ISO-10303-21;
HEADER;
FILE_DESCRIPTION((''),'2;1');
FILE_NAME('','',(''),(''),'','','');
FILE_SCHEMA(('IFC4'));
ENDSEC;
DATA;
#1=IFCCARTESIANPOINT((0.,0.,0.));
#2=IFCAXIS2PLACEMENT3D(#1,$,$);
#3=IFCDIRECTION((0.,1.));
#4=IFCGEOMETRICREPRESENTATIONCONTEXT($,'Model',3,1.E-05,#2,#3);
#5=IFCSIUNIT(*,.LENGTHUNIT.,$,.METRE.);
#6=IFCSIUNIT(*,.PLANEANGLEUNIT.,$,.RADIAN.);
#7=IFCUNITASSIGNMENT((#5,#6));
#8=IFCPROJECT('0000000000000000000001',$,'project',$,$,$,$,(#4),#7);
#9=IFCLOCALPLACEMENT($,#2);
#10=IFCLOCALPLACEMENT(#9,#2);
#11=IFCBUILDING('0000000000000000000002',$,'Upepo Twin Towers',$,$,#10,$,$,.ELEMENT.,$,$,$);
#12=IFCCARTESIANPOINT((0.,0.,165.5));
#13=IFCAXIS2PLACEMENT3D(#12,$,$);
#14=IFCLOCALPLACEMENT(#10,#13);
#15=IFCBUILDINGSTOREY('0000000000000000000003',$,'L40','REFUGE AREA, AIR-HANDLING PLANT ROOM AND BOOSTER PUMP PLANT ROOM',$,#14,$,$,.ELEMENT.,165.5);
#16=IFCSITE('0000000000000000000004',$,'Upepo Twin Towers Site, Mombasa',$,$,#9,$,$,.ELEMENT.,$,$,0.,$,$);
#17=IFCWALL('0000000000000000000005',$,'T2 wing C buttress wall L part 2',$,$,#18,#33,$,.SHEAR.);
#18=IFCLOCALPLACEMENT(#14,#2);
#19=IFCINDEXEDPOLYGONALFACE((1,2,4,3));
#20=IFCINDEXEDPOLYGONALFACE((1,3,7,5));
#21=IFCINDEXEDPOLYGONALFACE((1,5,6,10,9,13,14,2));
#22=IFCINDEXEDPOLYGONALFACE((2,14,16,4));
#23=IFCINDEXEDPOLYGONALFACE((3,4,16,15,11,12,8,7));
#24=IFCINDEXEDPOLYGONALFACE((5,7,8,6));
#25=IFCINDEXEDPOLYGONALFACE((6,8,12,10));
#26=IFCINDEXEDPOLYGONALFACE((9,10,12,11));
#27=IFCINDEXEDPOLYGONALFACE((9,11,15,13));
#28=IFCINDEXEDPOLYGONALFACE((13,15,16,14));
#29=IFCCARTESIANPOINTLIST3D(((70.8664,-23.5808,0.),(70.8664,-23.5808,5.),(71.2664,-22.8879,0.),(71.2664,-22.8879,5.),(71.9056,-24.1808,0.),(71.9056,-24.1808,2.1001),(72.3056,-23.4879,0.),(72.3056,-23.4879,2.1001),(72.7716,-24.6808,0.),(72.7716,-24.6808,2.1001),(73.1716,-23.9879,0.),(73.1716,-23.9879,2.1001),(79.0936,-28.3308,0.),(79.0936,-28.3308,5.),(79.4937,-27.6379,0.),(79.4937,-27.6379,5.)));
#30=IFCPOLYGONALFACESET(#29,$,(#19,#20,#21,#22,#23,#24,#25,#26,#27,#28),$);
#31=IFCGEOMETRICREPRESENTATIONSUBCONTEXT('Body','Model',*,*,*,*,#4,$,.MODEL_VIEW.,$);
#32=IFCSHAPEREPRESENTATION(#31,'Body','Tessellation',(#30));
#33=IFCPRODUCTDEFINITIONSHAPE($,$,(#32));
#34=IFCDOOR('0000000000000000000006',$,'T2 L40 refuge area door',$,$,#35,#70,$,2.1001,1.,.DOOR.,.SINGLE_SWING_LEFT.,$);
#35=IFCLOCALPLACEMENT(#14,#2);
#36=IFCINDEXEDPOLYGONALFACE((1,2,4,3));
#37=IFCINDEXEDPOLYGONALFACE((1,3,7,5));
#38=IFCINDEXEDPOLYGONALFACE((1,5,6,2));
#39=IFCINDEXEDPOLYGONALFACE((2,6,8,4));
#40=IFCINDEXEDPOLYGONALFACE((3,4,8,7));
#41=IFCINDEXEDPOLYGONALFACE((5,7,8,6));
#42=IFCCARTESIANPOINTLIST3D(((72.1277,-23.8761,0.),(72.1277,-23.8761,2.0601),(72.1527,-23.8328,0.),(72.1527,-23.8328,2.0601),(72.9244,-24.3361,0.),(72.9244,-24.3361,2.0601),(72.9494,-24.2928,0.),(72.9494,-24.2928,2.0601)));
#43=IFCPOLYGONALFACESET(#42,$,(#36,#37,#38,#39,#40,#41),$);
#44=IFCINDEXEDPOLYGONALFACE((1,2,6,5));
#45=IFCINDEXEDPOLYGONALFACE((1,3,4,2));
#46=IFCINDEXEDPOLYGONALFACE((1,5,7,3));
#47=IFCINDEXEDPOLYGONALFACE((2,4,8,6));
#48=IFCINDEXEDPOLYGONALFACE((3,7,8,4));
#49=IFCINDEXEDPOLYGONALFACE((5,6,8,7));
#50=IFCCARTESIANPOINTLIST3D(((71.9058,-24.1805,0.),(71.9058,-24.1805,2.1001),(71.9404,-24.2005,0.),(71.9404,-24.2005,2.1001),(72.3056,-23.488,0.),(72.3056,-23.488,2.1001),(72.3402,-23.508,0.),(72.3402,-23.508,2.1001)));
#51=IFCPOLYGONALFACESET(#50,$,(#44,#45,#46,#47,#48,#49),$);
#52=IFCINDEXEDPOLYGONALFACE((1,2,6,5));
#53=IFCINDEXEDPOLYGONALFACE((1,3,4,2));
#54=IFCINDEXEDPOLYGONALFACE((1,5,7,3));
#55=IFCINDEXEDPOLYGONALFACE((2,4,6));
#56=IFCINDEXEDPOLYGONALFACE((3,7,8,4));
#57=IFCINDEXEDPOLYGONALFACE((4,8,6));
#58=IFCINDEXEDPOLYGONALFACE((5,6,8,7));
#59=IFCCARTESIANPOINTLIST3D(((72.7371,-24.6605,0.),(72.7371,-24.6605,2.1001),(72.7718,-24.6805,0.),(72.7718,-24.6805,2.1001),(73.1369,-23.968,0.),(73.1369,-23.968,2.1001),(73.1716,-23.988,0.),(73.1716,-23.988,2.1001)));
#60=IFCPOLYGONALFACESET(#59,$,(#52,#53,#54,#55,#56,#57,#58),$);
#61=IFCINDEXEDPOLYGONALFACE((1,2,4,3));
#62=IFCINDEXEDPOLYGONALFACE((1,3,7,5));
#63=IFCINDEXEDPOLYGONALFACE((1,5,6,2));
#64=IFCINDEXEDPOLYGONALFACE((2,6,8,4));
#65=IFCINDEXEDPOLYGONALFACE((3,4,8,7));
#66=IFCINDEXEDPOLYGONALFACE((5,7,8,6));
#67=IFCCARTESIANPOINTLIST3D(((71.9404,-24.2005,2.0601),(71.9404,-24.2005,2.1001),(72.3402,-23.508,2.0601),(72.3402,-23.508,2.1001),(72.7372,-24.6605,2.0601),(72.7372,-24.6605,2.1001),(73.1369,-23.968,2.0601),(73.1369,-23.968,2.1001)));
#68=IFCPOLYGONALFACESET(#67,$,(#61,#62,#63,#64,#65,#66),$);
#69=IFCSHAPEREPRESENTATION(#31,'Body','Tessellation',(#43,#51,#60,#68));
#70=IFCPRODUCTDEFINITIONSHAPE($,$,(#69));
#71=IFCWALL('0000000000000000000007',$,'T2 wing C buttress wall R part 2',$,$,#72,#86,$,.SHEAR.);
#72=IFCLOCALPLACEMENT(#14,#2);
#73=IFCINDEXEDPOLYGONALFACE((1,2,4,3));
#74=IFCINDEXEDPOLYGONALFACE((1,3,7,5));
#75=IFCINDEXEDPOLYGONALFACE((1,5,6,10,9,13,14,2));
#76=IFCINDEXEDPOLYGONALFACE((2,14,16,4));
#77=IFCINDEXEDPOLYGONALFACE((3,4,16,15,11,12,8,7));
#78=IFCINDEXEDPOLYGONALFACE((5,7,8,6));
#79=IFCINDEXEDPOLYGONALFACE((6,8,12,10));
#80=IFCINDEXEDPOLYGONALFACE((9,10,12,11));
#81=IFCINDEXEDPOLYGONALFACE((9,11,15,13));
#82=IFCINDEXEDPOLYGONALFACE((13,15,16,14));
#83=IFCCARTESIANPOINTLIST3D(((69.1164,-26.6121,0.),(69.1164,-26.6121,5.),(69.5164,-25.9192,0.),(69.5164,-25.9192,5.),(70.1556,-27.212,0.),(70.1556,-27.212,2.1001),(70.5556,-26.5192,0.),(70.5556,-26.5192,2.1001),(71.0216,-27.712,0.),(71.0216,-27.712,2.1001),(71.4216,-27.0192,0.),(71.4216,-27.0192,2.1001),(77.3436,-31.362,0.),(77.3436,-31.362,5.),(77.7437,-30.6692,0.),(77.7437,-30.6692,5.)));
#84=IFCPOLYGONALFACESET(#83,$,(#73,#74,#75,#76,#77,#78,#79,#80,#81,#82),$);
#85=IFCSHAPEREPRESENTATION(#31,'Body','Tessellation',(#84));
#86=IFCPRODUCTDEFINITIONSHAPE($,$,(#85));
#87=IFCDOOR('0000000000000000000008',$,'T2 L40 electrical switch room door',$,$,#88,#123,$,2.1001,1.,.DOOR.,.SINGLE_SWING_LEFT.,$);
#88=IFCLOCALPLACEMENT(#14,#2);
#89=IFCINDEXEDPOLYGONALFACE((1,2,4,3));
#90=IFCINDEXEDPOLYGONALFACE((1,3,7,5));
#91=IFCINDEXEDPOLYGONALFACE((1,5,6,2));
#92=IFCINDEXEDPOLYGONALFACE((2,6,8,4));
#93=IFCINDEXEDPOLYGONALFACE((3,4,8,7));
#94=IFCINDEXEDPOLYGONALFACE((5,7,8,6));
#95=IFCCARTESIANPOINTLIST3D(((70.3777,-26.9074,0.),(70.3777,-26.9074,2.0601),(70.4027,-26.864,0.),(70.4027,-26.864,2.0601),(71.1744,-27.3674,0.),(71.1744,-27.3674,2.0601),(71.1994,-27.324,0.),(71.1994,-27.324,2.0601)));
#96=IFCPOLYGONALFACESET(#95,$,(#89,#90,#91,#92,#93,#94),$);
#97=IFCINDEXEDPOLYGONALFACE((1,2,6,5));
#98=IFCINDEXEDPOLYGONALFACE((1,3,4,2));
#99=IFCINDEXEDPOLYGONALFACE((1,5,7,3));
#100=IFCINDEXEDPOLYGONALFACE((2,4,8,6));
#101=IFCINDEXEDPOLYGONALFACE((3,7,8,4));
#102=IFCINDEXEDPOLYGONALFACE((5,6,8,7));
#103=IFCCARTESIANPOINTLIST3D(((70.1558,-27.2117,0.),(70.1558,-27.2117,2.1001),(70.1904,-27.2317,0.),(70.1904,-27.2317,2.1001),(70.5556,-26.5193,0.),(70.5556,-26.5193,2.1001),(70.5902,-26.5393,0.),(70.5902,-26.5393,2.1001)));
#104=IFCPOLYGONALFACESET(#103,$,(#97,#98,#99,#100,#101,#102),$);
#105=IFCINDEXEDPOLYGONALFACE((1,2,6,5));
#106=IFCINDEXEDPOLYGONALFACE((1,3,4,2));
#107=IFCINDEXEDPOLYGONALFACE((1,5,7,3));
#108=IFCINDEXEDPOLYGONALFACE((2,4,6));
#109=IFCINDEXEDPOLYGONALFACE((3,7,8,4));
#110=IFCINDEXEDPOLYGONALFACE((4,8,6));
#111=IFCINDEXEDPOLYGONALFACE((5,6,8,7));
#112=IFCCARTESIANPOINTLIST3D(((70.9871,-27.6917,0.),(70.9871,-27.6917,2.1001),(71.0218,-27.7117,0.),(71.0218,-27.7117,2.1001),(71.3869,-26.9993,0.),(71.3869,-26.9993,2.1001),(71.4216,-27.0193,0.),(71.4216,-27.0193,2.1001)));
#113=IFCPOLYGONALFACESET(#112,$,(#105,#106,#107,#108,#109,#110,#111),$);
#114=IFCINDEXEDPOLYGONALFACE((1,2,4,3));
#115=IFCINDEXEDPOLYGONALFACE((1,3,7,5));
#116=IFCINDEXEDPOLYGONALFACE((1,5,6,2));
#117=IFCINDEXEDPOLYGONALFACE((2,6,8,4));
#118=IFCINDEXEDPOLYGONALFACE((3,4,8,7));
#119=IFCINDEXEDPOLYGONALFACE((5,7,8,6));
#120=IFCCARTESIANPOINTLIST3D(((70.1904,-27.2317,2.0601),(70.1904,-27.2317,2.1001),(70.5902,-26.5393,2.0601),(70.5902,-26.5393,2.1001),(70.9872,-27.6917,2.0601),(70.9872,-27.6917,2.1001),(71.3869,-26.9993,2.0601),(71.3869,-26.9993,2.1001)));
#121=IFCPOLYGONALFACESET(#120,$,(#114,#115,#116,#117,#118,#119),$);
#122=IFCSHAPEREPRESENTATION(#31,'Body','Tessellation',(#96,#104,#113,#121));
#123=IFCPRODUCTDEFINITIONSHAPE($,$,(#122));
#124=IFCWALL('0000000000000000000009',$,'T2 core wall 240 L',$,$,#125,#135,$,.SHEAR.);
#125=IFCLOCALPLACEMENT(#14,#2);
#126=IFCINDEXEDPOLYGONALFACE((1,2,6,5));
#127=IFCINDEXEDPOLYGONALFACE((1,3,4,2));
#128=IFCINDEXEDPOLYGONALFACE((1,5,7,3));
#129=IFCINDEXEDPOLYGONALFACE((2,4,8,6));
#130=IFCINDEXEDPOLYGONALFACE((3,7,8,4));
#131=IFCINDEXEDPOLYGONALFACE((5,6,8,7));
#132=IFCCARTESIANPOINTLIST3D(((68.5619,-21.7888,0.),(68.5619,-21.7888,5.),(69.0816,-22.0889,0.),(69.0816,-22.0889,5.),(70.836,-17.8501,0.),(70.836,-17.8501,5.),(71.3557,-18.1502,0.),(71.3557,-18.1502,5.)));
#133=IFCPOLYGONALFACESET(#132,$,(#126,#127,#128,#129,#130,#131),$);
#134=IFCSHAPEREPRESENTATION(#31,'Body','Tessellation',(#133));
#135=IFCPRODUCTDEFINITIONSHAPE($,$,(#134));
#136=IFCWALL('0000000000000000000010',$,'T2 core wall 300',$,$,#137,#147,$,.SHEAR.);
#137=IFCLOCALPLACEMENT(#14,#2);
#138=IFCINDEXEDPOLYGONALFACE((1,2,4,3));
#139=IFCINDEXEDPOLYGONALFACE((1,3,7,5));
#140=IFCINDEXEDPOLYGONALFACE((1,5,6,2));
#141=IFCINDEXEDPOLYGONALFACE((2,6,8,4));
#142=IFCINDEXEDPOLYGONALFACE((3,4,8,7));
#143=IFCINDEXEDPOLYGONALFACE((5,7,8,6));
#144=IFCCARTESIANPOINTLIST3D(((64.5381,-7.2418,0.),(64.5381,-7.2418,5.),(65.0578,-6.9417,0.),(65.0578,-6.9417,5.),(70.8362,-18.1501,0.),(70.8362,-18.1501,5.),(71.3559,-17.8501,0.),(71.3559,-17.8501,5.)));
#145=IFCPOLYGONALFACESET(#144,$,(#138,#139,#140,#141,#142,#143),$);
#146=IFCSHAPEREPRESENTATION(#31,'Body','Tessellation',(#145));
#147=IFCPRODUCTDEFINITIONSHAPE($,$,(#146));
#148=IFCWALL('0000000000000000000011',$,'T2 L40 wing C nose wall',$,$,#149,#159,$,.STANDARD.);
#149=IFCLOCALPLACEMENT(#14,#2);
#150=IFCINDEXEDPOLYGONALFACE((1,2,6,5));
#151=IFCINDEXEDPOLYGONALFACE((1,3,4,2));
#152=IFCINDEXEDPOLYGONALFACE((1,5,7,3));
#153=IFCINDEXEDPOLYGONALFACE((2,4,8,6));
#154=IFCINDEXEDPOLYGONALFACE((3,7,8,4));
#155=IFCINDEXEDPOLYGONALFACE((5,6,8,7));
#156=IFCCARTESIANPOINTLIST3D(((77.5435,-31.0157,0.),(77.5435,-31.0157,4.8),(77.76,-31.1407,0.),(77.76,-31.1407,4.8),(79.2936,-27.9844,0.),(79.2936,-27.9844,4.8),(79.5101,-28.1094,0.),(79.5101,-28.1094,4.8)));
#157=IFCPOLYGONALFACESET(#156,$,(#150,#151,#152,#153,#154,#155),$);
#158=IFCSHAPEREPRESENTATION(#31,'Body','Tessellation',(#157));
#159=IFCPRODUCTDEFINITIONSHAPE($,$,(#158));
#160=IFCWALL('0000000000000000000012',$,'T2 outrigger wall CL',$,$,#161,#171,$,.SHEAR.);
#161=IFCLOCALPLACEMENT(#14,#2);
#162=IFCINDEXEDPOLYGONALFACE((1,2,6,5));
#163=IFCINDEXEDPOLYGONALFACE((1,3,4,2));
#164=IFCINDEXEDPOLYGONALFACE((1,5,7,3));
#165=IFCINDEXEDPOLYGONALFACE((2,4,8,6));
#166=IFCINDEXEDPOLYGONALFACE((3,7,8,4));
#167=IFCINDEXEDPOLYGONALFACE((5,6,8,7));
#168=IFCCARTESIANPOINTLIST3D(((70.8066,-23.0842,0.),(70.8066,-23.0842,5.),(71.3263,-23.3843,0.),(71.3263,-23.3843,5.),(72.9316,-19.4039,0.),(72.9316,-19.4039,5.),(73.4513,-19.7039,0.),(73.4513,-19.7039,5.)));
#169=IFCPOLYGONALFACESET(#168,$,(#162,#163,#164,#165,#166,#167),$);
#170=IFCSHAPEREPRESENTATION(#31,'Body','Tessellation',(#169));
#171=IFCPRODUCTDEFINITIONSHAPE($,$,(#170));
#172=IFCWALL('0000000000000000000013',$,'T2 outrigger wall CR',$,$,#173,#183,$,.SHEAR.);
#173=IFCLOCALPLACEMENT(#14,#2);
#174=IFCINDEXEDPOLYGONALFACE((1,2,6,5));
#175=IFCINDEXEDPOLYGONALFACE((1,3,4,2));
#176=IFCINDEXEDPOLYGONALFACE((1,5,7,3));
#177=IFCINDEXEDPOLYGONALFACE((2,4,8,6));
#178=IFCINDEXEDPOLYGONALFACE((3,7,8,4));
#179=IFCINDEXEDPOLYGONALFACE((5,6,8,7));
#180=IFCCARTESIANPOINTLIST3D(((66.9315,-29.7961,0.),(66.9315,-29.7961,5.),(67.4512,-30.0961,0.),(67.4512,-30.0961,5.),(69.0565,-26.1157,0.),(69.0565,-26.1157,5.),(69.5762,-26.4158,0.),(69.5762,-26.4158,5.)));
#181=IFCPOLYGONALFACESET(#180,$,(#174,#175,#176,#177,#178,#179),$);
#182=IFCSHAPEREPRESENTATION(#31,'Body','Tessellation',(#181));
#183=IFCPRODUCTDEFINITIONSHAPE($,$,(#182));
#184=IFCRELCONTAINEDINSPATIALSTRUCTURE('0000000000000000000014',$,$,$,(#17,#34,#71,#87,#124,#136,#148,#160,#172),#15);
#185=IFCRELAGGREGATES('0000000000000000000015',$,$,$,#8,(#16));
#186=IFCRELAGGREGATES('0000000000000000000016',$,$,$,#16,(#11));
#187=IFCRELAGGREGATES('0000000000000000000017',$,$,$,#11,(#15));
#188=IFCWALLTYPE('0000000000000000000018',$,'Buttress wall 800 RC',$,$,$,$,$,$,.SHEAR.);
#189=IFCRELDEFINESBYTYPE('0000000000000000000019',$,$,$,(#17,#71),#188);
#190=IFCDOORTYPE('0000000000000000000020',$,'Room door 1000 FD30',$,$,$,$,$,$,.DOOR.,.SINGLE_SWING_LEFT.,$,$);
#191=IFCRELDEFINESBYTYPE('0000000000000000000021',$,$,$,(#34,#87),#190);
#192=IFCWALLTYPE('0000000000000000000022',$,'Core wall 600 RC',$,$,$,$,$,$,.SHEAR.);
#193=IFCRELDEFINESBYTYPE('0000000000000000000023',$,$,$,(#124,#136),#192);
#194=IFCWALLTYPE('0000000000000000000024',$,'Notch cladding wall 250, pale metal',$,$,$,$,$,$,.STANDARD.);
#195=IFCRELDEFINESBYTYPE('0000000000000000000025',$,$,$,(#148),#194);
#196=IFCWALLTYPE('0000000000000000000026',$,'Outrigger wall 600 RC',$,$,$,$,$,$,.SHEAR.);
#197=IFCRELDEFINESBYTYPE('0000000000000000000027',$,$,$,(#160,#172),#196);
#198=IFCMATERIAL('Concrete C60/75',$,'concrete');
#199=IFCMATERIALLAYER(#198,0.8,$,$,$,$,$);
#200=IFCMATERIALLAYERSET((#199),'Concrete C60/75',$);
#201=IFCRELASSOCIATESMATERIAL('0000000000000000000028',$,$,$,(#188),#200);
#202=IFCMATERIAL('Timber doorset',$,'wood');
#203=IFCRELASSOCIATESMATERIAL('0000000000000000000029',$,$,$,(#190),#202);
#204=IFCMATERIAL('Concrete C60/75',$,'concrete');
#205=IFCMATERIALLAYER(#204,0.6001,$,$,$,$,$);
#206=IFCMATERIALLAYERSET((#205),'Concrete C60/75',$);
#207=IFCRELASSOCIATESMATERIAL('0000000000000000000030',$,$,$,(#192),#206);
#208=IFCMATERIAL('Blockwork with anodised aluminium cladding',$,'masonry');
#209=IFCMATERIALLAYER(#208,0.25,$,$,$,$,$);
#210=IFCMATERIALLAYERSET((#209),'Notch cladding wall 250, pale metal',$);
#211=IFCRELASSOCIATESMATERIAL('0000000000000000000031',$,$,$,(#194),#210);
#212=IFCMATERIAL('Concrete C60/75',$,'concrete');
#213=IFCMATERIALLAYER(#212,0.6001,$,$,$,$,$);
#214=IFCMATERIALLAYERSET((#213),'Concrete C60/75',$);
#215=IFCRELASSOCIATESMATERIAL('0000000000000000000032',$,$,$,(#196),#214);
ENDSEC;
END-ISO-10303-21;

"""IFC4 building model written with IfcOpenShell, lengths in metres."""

from ifc_helpers import new_model, si_unit, direction, frame, frame_2d, origin, place, context, subcontext, project, spatial, rectangle, extrude, material, layer, layer_set, type_object, element, fill, save


model = new_model("IFC4")

# Units and contexts
model_context = context("Model", 3, precision=1e-05, world=origin(), true_north=direction((0.0, 1.0)))
body_context = subcontext(model_context, "Body", "Model", "MODEL_VIEW")
ifc_project = project(units=[si_unit("LENGTHUNIT", "METRE"), si_unit("PLANEANGLEUNIT", "RADIAN")], contexts=[model_context])

# Site, building, storey
site_placement = place(None, origin())
site = spatial("IfcSite", under=ifc_project, at=site_placement, Name="Upepo Twin Towers Site, Mombasa", CompositionType="ELEMENT", RefElevation=0.0)
building_placement = place(site_placement, origin())
building = spatial("IfcBuilding", under=site, at=building_placement, Name="Upepo Twin Towers", CompositionType="ELEMENT")
storey_placement = place(building_placement, frame((0.0, 0.0, 165.5)))
storey = spatial("IfcBuildingStorey", under=building, at=storey_placement, Name="L40", Description="REFUGE AREA, AIR-HANDLING PLANT ROOM AND BOOSTER PUMP PLANT ROOM", CompositionType="ELEMENT", Elevation=165.5)

# Walls, openings, doors
ifc_material_1 = material(Name="Concrete C60/75", Category="concrete")
ifc_layer_1 = layer(ifc_material_1, 0.8)
ifc_layer_set_1 = layer_set([ifc_layer_1], Name="Concrete C60/75")
wall_type_1 = type_object("IfcWallType", Name="Buttress wall 800 RC", PredefinedType="SHEAR", material=ifc_layer_set_1)
wall_1_placement = place(storey_placement, frame((71.0664, -23.2344, 0.0), z_axis=(0.0, 0.0, 1.0), x_axis=(0.866027, -0.499998, 0.0)))
wall_1 = element("IfcWall", 1, at=wall_1_placement, inside=storey, type_object=wall_type_1, Name="T2 wing C buttress wall L part 2", PredefinedType="SHEAR", context=body_context, shape_type="SweptSolid", body=[
    extrude(rectangle(XDim=9.5, YDim=0.8, at=frame_2d((4.75, 0.0))), origin(), (0.0, 0.0, 1.0), 5.0),
])
opening_1_placement = place(wall_1_placement, frame((1.2, 0.0, 0.0)))
opening_1 = element("IfcOpeningElement", 2, at=opening_1_placement, cuts=wall_1, PredefinedType="OPENING", context=body_context, shape_type="SweptSolid", body=[
    extrude(rectangle(XDim=1.0, YDim=2.1001, at=frame_2d((0.5, 1.05))), frame((0.0, 0.4099, 0.0), z_axis=(0.0, -1.0, 0.0), x_axis=(1.0, 0.0, 0.0)), (0.0, 0.0, 1.0), 0.8201),
])
ifc_material_2 = material(Name="Timber doorset", Category="wood")
door_type = type_object("IfcDoorType", Name="Room door 1000 FD30", OperationType="SINGLE_SWING_LEFT", PredefinedType="DOOR", material=ifc_material_2)
door_1_placement = place(opening_1_placement, origin())
door_1 = element("IfcDoor", 3, at=door_1_placement, inside=storey, type_object=door_type, Name="T2 L40 refuge area door", OperationType="SINGLE_SWING_LEFT", OverallHeight=2.1001, OverallWidth=1.0, PredefinedType="DOOR", context=body_context, shape_type="SweptSolid", body=[
    extrude(rectangle(XDim=0.92, YDim=2.0601, at=frame_2d((0.5, 1.03))), frame((0.0, 0.0249, 0.0), z_axis=(0.0, -1.0, 0.0), x_axis=(1.0, 0.0, 0.0)), (0.0, 0.0, 1.0), 0.05),
    extrude(rectangle(XDim=0.04, YDim=2.1001, at=frame_2d((0.02, 1.05))), frame((0.0, 0.3999, 0.0), z_axis=(0.0, -1.0, 0.0), x_axis=(1.0, 0.0, 0.0)), (0.0, 0.0, 1.0), 0.7996),
    extrude(rectangle(XDim=0.04, YDim=2.1001, at=frame_2d((0.98, 1.05))), frame((0.0, 0.3999, 0.0), z_axis=(0.0, -1.0, 0.0), x_axis=(1.0, 0.0, 0.0)), (0.0, 0.0, 1.0), 0.7996),
    extrude(rectangle(XDim=0.92, YDim=0.04, at=frame_2d((0.5, 2.0801))), frame((0.0, 0.3999, 0.0), z_axis=(0.0, -1.0, 0.0), x_axis=(1.0, 0.0, 0.0)), (0.0, 0.0, 1.0), 0.7996),
])
fill(opening_1, door_1)
wall_2_placement = place(storey_placement, frame((69.3164, -26.2656, 0.0), z_axis=(0.0, 0.0, 1.0), x_axis=(0.866027, -0.499998, 0.0)))
wall_2 = element("IfcWall", 4, at=wall_2_placement, inside=storey, type_object=wall_type_1, Name="T2 wing C buttress wall R part 2", PredefinedType="SHEAR", context=body_context, shape_type="SweptSolid", body=[
    extrude(rectangle(XDim=9.5, YDim=0.8, at=frame_2d((4.75, 0.0))), origin(), (0.0, 0.0, 1.0), 5.0),
])
opening_2_placement = place(wall_2_placement, frame((1.2, 0.0, 0.0)))
opening_2 = element("IfcOpeningElement", 5, at=opening_2_placement, cuts=wall_2, PredefinedType="OPENING", context=body_context, shape_type="SweptSolid", body=[
    extrude(rectangle(XDim=1.0, YDim=2.1001, at=frame_2d((0.5, 1.05))), frame((0.0, 0.4099, 0.0), z_axis=(0.0, -1.0, 0.0), x_axis=(1.0, 0.0, 0.0)), (0.0, 0.0, 1.0), 0.8201),
])
door_2_placement = place(opening_2_placement, origin())
door_2 = element("IfcDoor", 6, at=door_2_placement, inside=storey, type_object=door_type, Name="T2 L40 electrical switch room door", OperationType="SINGLE_SWING_LEFT", OverallHeight=2.1001, OverallWidth=1.0, PredefinedType="DOOR", context=body_context, shape_type="SweptSolid", body=[
    extrude(rectangle(XDim=0.92, YDim=2.0601, at=frame_2d((0.5, 1.03))), frame((0.0, 0.0249, 0.0), z_axis=(0.0, -1.0, 0.0), x_axis=(1.0, 0.0, 0.0)), (0.0, 0.0, 1.0), 0.05),
    extrude(rectangle(XDim=0.04, YDim=2.1001, at=frame_2d((0.02, 1.05))), frame((0.0, 0.3999, 0.0), z_axis=(0.0, -1.0, 0.0), x_axis=(1.0, 0.0, 0.0)), (0.0, 0.0, 1.0), 0.7996),
    extrude(rectangle(XDim=0.04, YDim=2.1001, at=frame_2d((0.98, 1.05))), frame((0.0, 0.3999, 0.0), z_axis=(0.0, -1.0, 0.0), x_axis=(1.0, 0.0, 0.0)), (0.0, 0.0, 1.0), 0.7996),
    extrude(rectangle(XDim=0.92, YDim=0.04, at=frame_2d((0.5, 2.0801))), frame((0.0, 0.3999, 0.0), z_axis=(0.0, -1.0, 0.0), x_axis=(1.0, 0.0, 0.0)), (0.0, 0.0, 1.0), 0.7996),
])
fill(opening_2, door_2)

# Walls
ifc_material_3 = material(Name="Concrete C60/75", Category="concrete")
ifc_layer_2 = layer(ifc_material_3, 0.6001)
ifc_layer_set_2 = layer_set([ifc_layer_2], Name="Concrete C60/75")
wall_type_2 = type_object("IfcWallType", Name="Core wall 600 RC", PredefinedType="SHEAR", material=ifc_layer_set_2)
wall_3_placement = place(storey_placement, frame((68.8218, -21.9387, 0.0), z_axis=(0.0, 0.0, 1.0), x_axis=(0.500024, 0.866011, 0.0)))
element("IfcWall", 7, at=wall_3_placement, inside=storey, type_object=wall_type_2, Name="T2 core wall 240 L", PredefinedType="SHEAR", context=body_context, shape_type="SweptSolid", body=[
    extrude(rectangle(XDim=4.5481, YDim=0.6001, at=frame_2d((2.2739, 0.0))), origin(), (0.0, 0.0, 1.0), 5.0),
])
wall_4_placement = place(storey_placement, frame((71.0959, -18.0, 0.0), z_axis=(0.0, 0.0, 1.0), x_axis=(-0.500006, 0.866022, 0.0)))
element("IfcWall", 8, at=wall_4_placement, inside=storey, type_object=wall_type_2, Name="T2 core wall 300", PredefinedType="SHEAR", context=body_context, shape_type="SweptSolid", body=[
    extrude(rectangle(XDim=12.5959, YDim=0.6001, at=frame_2d((6.2979, 0.0))), origin(), (0.0, 0.0, 1.0), 5.0),
])
ifc_material_4 = material(Name="Blockwork with anodised aluminium cladding", Category="masonry")
ifc_layer_3 = layer(ifc_material_4, 0.25)
ifc_layer_set_3 = layer_set([ifc_layer_3], Name="Notch cladding wall 250, pale metal")
wall_type_3 = type_object("IfcWallType", Name="Notch cladding wall 250, pale metal", PredefinedType="STANDARD", material=ifc_layer_set_3)
wall_5_placement = place(storey_placement, frame((77.6519, -31.0781, 0.0), z_axis=(0.0, 0.0, 1.0), x_axis=(0.49998, 0.866037, 0.0)))
element("IfcWall", 9, at=wall_5_placement, inside=storey, type_object=wall_type_3, Name="T2 L40 wing C nose wall", PredefinedType="STANDARD", context=body_context, shape_type="SweptSolid", body=[
    extrude(rectangle(XDim=3.5002, YDim=0.25, at=frame_2d((1.75, 0.0))), origin(), (0.0, 0.0, 1.0), 4.8),
])
ifc_material_5 = material(Name="Concrete C60/75", Category="concrete")
ifc_layer_4 = layer(ifc_material_5, 0.6001)
ifc_layer_set_4 = layer_set([ifc_layer_4], Name="Concrete C60/75")
wall_type_4 = type_object("IfcWallType", Name="Outrigger wall 600 RC", PredefinedType="SHEAR", material=ifc_layer_set_4)
for number, where, z_axis, x_axis, name in (
    (10, (71.0664, -23.2344, 0.0), (0.0, 0.0, 1.0), (0.500019, 0.866014, 0.0), "T2 outrigger wall CL"),
    (11, (69.3164, -26.2656, 0.0), (0.0, 0.0, 1.0), (-0.500019, -0.866014, 0.0), "T2 outrigger wall CR"),
):
    element("IfcWall", number, at=place(storey_placement, frame(where, z_axis=z_axis, x_axis=x_axis)), inside=storey, type_object=wall_type_4, Name=name, PredefinedType="SHEAR", context=body_context, shape_type="SweptSolid", body=[
        extrude(rectangle(XDim=4.2498, YDim=0.6001, at=frame_2d((2.125, 0.0))), origin(), (0.0, 0.0, 1.0), 5.0),
    ])

save(model, "model.ifc")
